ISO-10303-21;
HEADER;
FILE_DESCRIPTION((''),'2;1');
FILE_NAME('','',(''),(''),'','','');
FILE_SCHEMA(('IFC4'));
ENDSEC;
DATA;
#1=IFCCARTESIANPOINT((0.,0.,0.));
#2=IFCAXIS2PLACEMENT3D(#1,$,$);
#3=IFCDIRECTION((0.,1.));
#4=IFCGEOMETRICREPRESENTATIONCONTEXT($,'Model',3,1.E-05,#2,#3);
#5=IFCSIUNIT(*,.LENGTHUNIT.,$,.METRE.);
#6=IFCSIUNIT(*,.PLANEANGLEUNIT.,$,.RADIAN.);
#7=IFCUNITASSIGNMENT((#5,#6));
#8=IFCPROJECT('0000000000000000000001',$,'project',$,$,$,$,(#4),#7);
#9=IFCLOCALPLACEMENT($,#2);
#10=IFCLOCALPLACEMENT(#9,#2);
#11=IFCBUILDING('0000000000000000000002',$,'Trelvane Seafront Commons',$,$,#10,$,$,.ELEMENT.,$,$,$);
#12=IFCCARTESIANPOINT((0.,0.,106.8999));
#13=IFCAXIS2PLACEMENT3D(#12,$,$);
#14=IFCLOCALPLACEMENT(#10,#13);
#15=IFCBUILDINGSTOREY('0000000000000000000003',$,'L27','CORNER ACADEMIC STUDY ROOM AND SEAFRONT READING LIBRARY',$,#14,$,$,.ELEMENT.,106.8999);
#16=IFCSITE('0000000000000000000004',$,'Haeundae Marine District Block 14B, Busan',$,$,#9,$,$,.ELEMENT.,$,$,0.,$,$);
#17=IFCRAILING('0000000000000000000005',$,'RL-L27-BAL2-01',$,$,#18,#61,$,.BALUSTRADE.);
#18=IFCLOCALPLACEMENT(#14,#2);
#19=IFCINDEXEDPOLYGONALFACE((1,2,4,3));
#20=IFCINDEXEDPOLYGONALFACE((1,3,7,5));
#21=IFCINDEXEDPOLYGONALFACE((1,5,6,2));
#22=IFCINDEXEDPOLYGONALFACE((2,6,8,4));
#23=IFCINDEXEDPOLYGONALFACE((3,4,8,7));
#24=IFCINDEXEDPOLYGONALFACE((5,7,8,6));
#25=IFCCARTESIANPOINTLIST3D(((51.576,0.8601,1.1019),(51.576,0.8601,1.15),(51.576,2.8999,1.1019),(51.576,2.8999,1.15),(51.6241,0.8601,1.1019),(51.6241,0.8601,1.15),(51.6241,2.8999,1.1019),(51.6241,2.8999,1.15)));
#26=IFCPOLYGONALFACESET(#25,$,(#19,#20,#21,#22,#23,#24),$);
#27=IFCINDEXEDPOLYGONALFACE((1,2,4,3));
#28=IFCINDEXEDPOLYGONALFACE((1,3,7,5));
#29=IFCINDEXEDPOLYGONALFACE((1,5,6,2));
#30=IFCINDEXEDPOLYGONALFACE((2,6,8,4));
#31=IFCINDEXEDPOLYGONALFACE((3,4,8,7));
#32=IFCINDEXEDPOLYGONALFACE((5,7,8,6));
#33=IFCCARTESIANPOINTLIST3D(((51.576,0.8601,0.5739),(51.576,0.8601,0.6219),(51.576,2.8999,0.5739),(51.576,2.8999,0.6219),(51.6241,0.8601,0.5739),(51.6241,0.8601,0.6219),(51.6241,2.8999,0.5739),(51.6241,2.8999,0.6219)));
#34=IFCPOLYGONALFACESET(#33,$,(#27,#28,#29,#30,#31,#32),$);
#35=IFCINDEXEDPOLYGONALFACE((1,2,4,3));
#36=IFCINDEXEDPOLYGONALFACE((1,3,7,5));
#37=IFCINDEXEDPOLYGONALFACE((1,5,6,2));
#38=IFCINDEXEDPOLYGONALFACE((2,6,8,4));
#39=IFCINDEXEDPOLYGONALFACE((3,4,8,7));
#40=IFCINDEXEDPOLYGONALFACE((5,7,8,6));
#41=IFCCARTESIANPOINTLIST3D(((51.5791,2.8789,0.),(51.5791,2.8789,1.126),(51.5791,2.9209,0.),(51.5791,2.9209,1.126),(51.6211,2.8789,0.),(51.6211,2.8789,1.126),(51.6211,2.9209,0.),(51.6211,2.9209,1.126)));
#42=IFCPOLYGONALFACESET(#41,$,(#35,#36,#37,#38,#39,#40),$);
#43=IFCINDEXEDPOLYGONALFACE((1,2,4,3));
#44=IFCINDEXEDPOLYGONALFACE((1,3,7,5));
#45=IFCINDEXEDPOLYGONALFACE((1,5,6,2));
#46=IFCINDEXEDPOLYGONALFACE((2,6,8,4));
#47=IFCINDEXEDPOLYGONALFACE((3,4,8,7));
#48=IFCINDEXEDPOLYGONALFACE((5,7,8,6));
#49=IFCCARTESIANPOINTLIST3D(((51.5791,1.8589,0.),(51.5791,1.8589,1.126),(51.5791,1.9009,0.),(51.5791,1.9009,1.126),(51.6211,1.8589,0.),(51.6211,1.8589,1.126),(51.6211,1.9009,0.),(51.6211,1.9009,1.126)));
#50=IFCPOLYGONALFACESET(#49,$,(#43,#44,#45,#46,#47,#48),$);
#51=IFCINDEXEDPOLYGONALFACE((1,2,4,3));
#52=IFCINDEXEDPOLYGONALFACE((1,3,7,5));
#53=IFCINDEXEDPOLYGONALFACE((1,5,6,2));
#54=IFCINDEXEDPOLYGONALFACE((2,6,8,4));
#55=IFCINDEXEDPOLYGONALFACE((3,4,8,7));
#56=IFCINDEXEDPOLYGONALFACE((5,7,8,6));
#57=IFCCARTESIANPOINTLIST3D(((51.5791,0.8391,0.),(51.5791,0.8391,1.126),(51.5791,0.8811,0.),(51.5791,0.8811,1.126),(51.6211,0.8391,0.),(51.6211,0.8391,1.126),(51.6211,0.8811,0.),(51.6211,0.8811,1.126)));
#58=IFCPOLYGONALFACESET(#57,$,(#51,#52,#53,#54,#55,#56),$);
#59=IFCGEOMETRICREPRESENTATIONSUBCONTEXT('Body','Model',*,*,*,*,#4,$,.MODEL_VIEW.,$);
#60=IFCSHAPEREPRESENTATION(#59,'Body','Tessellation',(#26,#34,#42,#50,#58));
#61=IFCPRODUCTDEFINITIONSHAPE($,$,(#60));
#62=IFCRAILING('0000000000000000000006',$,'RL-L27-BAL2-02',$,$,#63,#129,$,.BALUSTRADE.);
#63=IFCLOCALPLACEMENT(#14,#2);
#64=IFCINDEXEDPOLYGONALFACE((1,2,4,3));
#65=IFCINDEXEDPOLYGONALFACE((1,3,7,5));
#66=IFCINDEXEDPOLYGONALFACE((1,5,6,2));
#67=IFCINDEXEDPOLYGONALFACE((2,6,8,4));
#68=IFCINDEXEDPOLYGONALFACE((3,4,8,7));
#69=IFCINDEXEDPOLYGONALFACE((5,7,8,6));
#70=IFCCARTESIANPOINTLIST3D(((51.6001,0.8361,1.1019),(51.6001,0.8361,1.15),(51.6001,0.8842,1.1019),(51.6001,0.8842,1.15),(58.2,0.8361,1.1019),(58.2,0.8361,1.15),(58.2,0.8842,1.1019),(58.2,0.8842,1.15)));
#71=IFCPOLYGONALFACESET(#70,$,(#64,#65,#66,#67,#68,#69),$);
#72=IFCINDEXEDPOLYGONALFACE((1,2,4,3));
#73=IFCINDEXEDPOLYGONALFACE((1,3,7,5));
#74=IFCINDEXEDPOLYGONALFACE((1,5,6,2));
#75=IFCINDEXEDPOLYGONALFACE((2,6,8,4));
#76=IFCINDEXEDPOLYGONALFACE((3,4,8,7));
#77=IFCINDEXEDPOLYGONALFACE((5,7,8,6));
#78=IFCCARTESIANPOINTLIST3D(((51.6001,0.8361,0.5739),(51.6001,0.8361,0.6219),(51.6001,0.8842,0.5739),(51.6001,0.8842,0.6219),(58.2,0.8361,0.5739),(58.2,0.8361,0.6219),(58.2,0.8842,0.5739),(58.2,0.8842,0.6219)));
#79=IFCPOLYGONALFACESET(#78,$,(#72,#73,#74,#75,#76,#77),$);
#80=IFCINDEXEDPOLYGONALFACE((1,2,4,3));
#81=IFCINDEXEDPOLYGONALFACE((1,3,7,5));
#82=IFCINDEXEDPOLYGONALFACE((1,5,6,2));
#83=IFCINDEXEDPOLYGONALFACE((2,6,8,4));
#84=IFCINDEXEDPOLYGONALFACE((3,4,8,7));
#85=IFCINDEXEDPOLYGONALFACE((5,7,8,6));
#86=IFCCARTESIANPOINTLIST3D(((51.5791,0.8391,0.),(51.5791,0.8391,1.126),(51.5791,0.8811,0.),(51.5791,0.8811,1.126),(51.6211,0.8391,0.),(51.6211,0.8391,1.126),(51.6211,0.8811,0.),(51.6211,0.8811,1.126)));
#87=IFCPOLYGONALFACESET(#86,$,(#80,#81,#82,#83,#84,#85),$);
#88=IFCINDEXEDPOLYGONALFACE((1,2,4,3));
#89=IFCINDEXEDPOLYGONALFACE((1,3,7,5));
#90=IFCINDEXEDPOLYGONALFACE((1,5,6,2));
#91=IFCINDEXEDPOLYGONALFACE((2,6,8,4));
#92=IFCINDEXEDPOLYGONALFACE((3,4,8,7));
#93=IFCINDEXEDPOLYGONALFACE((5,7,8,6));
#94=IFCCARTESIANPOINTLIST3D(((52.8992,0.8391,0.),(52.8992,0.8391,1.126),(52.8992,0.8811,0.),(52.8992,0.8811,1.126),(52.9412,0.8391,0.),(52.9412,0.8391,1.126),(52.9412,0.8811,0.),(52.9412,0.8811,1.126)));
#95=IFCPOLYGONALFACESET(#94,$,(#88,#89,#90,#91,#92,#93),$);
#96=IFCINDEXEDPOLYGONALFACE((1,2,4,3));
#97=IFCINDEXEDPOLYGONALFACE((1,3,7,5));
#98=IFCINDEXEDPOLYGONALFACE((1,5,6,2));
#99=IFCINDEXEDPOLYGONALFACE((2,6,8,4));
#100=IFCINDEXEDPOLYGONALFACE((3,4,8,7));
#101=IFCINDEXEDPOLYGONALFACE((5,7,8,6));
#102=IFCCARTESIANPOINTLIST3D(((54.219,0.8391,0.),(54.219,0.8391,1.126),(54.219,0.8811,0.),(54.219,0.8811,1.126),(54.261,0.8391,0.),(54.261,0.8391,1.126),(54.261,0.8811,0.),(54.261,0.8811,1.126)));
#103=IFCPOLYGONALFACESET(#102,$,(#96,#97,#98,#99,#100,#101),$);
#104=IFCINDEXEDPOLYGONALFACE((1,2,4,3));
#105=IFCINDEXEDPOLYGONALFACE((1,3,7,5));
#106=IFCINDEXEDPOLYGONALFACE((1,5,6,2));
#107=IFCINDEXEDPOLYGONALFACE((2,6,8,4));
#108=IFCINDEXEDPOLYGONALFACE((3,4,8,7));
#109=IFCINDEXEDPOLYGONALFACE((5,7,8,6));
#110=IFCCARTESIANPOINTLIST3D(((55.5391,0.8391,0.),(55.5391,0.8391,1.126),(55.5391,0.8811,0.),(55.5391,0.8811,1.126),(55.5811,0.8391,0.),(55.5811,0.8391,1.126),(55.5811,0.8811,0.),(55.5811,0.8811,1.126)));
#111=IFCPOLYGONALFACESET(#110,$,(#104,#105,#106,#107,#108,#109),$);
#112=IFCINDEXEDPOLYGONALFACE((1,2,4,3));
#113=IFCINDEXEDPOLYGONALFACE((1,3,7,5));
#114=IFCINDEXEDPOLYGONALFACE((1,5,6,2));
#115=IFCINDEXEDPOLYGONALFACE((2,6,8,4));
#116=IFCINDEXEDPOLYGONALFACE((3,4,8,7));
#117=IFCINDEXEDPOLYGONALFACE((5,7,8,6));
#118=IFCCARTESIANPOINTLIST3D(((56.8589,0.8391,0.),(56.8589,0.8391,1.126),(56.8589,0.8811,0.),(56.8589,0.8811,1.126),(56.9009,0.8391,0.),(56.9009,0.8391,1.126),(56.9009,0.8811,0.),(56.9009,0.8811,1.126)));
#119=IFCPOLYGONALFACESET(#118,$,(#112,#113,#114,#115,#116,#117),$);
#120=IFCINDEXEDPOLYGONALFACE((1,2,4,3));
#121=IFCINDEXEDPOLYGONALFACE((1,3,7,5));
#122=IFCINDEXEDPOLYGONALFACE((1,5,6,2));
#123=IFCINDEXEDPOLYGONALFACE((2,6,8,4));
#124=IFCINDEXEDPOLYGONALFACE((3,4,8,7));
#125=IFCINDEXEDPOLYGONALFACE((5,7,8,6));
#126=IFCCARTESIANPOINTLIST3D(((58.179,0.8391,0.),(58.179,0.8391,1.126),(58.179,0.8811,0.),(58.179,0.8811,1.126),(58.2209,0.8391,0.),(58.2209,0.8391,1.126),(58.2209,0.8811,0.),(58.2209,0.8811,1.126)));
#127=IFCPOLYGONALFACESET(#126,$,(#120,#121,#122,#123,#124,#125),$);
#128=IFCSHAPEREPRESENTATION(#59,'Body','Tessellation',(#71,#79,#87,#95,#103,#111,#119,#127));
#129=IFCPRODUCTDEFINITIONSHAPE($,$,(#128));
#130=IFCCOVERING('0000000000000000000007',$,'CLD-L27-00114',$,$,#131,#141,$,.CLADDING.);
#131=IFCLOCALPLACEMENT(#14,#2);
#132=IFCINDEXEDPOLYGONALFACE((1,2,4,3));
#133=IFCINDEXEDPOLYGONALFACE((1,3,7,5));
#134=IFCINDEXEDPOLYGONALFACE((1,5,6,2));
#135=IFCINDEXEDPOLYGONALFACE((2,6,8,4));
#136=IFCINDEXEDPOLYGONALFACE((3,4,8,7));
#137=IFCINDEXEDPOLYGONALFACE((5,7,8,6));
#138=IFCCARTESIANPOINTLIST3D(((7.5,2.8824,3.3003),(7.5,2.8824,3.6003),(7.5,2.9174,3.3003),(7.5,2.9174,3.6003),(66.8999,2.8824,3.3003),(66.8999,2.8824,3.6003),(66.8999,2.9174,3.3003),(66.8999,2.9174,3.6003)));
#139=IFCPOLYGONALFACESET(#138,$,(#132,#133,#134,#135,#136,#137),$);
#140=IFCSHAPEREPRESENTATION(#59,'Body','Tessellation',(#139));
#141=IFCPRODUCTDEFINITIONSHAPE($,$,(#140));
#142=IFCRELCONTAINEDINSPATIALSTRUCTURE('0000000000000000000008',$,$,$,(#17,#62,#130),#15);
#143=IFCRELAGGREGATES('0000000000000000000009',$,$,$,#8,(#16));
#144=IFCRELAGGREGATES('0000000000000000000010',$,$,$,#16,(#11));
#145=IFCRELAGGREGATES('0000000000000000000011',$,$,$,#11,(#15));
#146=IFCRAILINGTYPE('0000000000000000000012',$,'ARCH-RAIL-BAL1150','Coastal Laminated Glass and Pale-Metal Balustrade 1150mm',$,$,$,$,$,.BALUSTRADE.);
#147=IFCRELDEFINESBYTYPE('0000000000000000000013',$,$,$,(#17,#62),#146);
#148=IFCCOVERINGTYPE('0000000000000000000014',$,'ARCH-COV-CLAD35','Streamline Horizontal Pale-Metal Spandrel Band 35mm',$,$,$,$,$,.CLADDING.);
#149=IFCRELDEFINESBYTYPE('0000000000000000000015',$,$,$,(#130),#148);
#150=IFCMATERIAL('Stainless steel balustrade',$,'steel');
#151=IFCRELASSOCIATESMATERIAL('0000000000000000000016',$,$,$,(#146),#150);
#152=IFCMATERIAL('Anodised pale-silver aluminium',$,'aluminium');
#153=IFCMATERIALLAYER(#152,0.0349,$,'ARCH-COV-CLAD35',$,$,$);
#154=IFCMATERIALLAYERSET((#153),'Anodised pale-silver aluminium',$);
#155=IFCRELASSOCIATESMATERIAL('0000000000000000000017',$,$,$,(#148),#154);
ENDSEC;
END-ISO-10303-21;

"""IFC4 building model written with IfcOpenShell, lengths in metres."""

from ifc_helpers import new_model, si_unit, direction, frame, origin, origin_2d, place, context, subcontext, project, spatial, rectangle, extrude, source, transform, mapped, material, layer, layer_set, type_object, element, save


model = new_model("IFC4")

# Units and contexts
model_context = context("Model", 3, precision=1e-05, world=origin(), true_north=direction((0.0, 1.0)))
body_context = subcontext(model_context, "Body", "Model", "MODEL_VIEW")
ifc_project = project(units=[si_unit("LENGTHUNIT", "METRE"), si_unit("PLANEANGLEUNIT", "RADIAN")], contexts=[model_context])

# Site, building, storey
site_placement = place(None, origin())
site = spatial("IfcSite", under=ifc_project, at=site_placement, Name="Haeundae Marine District Block 14B, Busan", CompositionType="ELEMENT", RefElevation=0.0)
building_placement = place(site_placement, origin())
building = spatial("IfcBuilding", under=site, at=building_placement, Name="Trelvane Seafront Commons", CompositionType="ELEMENT")
storey_placement = place(building_placement, frame((0.0, 0.0, 106.8999)))
storey = spatial("IfcBuildingStorey", under=building, at=storey_placement, Name="L27", Description="CORNER ACADEMIC STUDY ROOM AND SEAFRONT READING LIBRARY", CompositionType="ELEMENT", Elevation=106.8999)

# Shared definitions
ifc_material_1 = material(Name="Anodised pale-silver aluminium", Category="aluminium")

# Railings
ifc_material_2 = material(Name="Stainless steel balustrade", Category="steel")
railing_type = type_object("IfcRailingType", Name="ARCH-RAIL-BAL1150", Description="Coastal Laminated Glass and Pale-Metal Balustrade 1150mm", PredefinedType="BALUSTRADE", material=ifc_material_2)
railing_1_placement = place(storey_placement, frame((51.6001, 2.8999, 0.0)))
element("IfcRailing", 1, at=railing_1_placement, inside=storey, type_object=railing_type, Name="RL-L27-BAL2-01", PredefinedType="BALUSTRADE", context=body_context, shape_type="SweptSolid", body=[
    extrude(rectangle(XDim=0.0481, YDim=0.0481, at=origin_2d()), frame((0.0, 0.0, 1.126), z_axis=(0.0, -1.0, 0.0), x_axis=(1.0, 0.0, 0.0)), (0.0, 0.0, 1.0), 2.0398),
    extrude(rectangle(XDim=0.0481, YDim=0.0481, at=origin_2d()), frame((0.0, 0.0, 0.5979), z_axis=(0.0, -1.0, 0.0), x_axis=(1.0, 0.0, 0.0)), (0.0, 0.0, 1.0), 2.0398),
    extrude(rectangle(XDim=0.042, YDim=0.042, at=origin_2d()), origin(), (0.0, 0.0, 1.0), 1.126),
    extrude(rectangle(XDim=0.042, YDim=0.042, at=origin_2d()), frame((0.0, -1.02, 0.0)), (0.0, 0.0, 1.0), 1.126),
    extrude(rectangle(XDim=0.042, YDim=0.042, at=origin_2d()), frame((0.0, -2.0398, 0.0)), (0.0, 0.0, 1.0), 1.126),
])
railing_2_placement = place(storey_placement, frame((51.6001, 0.8601, 0.0)))
element("IfcRailing", 2, at=railing_2_placement, inside=storey, type_object=railing_type, Name="RL-L27-BAL2-02", PredefinedType="BALUSTRADE", context=body_context, shape_type="SweptSolid", body=[
    extrude(rectangle(XDim=0.0481, YDim=0.0481, at=origin_2d()), frame((0.0, 0.0, 1.126), z_axis=(1.0, 0.0, 0.0), x_axis=(0.0, 1.0, 0.0)), (0.0, 0.0, 1.0), 6.5999),
    extrude(rectangle(XDim=0.0481, YDim=0.0481, at=origin_2d()), frame((0.0, 0.0, 0.5979), z_axis=(1.0, 0.0, 0.0), x_axis=(0.0, 1.0, 0.0)), (0.0, 0.0, 1.0), 6.5999),
    extrude(rectangle(XDim=0.042, YDim=0.042, at=origin_2d()), origin(), (0.0, 0.0, 1.0), 1.126),
    extrude(rectangle(XDim=0.042, YDim=0.042, at=origin_2d()), frame((1.3201, 0.0, 0.0)), (0.0, 0.0, 1.0), 1.126),
    extrude(rectangle(XDim=0.042, YDim=0.042, at=origin_2d()), frame((2.6399, 0.0, 0.0)), (0.0, 0.0, 1.0), 1.126),
    extrude(rectangle(XDim=0.042, YDim=0.042, at=origin_2d()), frame((3.96, 0.0, 0.0)), (0.0, 0.0, 1.0), 1.126),
    extrude(rectangle(XDim=0.042, YDim=0.042, at=origin_2d()), frame((5.2798, 0.0, 0.0)), (0.0, 0.0, 1.0), 1.126),
    extrude(rectangle(XDim=0.042, YDim=0.042, at=origin_2d()), frame((6.5999, 0.0, 0.0)), (0.0, 0.0, 1.0), 1.126),
])

# Covering
ifc_layer_1 = layer(ifc_material_1, 0.0349, Name="ARCH-COV-CLAD35")
ifc_layer_set_1 = layer_set([ifc_layer_1], Name="Anodised pale-silver aluminium")
covering_type = type_object("IfcCoveringType", Name="ARCH-COV-CLAD35", Description="Streamline Horizontal Pale-Metal Spandrel Band 35mm", PredefinedType="CLADDING", material=ifc_layer_set_1)
shared_shape_1 = source(origin(), body_context, "Body", "SweptSolid", [
    extrude(rectangle(XDim=59.3999, YDim=0.0349, at=origin_2d()), origin(), (0.0, 0.0, 1.0), 0.3),
])
covering_placement = place(storey_placement, frame((37.2, 2.8999, 3.3003), z_axis=(0.0, 0.0, 1.0), x_axis=(-1.0, 0.0, 0.0)))
element("IfcCovering", 3, at=covering_placement, inside=storey, type_object=covering_type, Name="CLD-L27-00114", PredefinedType="CLADDING", context=body_context, shape_type="MappedRepresentation", body=[
    mapped(shared_shape_1, transform((0.0, 0.0, 0.0), x_axis=(1.0, 0.0, 0.0), y_axis=(0.0, 1.0, 0.0), z_axis=(0.0, 0.0, 1.0), scale=1.0)),
])

save(model, "model.ifc")
